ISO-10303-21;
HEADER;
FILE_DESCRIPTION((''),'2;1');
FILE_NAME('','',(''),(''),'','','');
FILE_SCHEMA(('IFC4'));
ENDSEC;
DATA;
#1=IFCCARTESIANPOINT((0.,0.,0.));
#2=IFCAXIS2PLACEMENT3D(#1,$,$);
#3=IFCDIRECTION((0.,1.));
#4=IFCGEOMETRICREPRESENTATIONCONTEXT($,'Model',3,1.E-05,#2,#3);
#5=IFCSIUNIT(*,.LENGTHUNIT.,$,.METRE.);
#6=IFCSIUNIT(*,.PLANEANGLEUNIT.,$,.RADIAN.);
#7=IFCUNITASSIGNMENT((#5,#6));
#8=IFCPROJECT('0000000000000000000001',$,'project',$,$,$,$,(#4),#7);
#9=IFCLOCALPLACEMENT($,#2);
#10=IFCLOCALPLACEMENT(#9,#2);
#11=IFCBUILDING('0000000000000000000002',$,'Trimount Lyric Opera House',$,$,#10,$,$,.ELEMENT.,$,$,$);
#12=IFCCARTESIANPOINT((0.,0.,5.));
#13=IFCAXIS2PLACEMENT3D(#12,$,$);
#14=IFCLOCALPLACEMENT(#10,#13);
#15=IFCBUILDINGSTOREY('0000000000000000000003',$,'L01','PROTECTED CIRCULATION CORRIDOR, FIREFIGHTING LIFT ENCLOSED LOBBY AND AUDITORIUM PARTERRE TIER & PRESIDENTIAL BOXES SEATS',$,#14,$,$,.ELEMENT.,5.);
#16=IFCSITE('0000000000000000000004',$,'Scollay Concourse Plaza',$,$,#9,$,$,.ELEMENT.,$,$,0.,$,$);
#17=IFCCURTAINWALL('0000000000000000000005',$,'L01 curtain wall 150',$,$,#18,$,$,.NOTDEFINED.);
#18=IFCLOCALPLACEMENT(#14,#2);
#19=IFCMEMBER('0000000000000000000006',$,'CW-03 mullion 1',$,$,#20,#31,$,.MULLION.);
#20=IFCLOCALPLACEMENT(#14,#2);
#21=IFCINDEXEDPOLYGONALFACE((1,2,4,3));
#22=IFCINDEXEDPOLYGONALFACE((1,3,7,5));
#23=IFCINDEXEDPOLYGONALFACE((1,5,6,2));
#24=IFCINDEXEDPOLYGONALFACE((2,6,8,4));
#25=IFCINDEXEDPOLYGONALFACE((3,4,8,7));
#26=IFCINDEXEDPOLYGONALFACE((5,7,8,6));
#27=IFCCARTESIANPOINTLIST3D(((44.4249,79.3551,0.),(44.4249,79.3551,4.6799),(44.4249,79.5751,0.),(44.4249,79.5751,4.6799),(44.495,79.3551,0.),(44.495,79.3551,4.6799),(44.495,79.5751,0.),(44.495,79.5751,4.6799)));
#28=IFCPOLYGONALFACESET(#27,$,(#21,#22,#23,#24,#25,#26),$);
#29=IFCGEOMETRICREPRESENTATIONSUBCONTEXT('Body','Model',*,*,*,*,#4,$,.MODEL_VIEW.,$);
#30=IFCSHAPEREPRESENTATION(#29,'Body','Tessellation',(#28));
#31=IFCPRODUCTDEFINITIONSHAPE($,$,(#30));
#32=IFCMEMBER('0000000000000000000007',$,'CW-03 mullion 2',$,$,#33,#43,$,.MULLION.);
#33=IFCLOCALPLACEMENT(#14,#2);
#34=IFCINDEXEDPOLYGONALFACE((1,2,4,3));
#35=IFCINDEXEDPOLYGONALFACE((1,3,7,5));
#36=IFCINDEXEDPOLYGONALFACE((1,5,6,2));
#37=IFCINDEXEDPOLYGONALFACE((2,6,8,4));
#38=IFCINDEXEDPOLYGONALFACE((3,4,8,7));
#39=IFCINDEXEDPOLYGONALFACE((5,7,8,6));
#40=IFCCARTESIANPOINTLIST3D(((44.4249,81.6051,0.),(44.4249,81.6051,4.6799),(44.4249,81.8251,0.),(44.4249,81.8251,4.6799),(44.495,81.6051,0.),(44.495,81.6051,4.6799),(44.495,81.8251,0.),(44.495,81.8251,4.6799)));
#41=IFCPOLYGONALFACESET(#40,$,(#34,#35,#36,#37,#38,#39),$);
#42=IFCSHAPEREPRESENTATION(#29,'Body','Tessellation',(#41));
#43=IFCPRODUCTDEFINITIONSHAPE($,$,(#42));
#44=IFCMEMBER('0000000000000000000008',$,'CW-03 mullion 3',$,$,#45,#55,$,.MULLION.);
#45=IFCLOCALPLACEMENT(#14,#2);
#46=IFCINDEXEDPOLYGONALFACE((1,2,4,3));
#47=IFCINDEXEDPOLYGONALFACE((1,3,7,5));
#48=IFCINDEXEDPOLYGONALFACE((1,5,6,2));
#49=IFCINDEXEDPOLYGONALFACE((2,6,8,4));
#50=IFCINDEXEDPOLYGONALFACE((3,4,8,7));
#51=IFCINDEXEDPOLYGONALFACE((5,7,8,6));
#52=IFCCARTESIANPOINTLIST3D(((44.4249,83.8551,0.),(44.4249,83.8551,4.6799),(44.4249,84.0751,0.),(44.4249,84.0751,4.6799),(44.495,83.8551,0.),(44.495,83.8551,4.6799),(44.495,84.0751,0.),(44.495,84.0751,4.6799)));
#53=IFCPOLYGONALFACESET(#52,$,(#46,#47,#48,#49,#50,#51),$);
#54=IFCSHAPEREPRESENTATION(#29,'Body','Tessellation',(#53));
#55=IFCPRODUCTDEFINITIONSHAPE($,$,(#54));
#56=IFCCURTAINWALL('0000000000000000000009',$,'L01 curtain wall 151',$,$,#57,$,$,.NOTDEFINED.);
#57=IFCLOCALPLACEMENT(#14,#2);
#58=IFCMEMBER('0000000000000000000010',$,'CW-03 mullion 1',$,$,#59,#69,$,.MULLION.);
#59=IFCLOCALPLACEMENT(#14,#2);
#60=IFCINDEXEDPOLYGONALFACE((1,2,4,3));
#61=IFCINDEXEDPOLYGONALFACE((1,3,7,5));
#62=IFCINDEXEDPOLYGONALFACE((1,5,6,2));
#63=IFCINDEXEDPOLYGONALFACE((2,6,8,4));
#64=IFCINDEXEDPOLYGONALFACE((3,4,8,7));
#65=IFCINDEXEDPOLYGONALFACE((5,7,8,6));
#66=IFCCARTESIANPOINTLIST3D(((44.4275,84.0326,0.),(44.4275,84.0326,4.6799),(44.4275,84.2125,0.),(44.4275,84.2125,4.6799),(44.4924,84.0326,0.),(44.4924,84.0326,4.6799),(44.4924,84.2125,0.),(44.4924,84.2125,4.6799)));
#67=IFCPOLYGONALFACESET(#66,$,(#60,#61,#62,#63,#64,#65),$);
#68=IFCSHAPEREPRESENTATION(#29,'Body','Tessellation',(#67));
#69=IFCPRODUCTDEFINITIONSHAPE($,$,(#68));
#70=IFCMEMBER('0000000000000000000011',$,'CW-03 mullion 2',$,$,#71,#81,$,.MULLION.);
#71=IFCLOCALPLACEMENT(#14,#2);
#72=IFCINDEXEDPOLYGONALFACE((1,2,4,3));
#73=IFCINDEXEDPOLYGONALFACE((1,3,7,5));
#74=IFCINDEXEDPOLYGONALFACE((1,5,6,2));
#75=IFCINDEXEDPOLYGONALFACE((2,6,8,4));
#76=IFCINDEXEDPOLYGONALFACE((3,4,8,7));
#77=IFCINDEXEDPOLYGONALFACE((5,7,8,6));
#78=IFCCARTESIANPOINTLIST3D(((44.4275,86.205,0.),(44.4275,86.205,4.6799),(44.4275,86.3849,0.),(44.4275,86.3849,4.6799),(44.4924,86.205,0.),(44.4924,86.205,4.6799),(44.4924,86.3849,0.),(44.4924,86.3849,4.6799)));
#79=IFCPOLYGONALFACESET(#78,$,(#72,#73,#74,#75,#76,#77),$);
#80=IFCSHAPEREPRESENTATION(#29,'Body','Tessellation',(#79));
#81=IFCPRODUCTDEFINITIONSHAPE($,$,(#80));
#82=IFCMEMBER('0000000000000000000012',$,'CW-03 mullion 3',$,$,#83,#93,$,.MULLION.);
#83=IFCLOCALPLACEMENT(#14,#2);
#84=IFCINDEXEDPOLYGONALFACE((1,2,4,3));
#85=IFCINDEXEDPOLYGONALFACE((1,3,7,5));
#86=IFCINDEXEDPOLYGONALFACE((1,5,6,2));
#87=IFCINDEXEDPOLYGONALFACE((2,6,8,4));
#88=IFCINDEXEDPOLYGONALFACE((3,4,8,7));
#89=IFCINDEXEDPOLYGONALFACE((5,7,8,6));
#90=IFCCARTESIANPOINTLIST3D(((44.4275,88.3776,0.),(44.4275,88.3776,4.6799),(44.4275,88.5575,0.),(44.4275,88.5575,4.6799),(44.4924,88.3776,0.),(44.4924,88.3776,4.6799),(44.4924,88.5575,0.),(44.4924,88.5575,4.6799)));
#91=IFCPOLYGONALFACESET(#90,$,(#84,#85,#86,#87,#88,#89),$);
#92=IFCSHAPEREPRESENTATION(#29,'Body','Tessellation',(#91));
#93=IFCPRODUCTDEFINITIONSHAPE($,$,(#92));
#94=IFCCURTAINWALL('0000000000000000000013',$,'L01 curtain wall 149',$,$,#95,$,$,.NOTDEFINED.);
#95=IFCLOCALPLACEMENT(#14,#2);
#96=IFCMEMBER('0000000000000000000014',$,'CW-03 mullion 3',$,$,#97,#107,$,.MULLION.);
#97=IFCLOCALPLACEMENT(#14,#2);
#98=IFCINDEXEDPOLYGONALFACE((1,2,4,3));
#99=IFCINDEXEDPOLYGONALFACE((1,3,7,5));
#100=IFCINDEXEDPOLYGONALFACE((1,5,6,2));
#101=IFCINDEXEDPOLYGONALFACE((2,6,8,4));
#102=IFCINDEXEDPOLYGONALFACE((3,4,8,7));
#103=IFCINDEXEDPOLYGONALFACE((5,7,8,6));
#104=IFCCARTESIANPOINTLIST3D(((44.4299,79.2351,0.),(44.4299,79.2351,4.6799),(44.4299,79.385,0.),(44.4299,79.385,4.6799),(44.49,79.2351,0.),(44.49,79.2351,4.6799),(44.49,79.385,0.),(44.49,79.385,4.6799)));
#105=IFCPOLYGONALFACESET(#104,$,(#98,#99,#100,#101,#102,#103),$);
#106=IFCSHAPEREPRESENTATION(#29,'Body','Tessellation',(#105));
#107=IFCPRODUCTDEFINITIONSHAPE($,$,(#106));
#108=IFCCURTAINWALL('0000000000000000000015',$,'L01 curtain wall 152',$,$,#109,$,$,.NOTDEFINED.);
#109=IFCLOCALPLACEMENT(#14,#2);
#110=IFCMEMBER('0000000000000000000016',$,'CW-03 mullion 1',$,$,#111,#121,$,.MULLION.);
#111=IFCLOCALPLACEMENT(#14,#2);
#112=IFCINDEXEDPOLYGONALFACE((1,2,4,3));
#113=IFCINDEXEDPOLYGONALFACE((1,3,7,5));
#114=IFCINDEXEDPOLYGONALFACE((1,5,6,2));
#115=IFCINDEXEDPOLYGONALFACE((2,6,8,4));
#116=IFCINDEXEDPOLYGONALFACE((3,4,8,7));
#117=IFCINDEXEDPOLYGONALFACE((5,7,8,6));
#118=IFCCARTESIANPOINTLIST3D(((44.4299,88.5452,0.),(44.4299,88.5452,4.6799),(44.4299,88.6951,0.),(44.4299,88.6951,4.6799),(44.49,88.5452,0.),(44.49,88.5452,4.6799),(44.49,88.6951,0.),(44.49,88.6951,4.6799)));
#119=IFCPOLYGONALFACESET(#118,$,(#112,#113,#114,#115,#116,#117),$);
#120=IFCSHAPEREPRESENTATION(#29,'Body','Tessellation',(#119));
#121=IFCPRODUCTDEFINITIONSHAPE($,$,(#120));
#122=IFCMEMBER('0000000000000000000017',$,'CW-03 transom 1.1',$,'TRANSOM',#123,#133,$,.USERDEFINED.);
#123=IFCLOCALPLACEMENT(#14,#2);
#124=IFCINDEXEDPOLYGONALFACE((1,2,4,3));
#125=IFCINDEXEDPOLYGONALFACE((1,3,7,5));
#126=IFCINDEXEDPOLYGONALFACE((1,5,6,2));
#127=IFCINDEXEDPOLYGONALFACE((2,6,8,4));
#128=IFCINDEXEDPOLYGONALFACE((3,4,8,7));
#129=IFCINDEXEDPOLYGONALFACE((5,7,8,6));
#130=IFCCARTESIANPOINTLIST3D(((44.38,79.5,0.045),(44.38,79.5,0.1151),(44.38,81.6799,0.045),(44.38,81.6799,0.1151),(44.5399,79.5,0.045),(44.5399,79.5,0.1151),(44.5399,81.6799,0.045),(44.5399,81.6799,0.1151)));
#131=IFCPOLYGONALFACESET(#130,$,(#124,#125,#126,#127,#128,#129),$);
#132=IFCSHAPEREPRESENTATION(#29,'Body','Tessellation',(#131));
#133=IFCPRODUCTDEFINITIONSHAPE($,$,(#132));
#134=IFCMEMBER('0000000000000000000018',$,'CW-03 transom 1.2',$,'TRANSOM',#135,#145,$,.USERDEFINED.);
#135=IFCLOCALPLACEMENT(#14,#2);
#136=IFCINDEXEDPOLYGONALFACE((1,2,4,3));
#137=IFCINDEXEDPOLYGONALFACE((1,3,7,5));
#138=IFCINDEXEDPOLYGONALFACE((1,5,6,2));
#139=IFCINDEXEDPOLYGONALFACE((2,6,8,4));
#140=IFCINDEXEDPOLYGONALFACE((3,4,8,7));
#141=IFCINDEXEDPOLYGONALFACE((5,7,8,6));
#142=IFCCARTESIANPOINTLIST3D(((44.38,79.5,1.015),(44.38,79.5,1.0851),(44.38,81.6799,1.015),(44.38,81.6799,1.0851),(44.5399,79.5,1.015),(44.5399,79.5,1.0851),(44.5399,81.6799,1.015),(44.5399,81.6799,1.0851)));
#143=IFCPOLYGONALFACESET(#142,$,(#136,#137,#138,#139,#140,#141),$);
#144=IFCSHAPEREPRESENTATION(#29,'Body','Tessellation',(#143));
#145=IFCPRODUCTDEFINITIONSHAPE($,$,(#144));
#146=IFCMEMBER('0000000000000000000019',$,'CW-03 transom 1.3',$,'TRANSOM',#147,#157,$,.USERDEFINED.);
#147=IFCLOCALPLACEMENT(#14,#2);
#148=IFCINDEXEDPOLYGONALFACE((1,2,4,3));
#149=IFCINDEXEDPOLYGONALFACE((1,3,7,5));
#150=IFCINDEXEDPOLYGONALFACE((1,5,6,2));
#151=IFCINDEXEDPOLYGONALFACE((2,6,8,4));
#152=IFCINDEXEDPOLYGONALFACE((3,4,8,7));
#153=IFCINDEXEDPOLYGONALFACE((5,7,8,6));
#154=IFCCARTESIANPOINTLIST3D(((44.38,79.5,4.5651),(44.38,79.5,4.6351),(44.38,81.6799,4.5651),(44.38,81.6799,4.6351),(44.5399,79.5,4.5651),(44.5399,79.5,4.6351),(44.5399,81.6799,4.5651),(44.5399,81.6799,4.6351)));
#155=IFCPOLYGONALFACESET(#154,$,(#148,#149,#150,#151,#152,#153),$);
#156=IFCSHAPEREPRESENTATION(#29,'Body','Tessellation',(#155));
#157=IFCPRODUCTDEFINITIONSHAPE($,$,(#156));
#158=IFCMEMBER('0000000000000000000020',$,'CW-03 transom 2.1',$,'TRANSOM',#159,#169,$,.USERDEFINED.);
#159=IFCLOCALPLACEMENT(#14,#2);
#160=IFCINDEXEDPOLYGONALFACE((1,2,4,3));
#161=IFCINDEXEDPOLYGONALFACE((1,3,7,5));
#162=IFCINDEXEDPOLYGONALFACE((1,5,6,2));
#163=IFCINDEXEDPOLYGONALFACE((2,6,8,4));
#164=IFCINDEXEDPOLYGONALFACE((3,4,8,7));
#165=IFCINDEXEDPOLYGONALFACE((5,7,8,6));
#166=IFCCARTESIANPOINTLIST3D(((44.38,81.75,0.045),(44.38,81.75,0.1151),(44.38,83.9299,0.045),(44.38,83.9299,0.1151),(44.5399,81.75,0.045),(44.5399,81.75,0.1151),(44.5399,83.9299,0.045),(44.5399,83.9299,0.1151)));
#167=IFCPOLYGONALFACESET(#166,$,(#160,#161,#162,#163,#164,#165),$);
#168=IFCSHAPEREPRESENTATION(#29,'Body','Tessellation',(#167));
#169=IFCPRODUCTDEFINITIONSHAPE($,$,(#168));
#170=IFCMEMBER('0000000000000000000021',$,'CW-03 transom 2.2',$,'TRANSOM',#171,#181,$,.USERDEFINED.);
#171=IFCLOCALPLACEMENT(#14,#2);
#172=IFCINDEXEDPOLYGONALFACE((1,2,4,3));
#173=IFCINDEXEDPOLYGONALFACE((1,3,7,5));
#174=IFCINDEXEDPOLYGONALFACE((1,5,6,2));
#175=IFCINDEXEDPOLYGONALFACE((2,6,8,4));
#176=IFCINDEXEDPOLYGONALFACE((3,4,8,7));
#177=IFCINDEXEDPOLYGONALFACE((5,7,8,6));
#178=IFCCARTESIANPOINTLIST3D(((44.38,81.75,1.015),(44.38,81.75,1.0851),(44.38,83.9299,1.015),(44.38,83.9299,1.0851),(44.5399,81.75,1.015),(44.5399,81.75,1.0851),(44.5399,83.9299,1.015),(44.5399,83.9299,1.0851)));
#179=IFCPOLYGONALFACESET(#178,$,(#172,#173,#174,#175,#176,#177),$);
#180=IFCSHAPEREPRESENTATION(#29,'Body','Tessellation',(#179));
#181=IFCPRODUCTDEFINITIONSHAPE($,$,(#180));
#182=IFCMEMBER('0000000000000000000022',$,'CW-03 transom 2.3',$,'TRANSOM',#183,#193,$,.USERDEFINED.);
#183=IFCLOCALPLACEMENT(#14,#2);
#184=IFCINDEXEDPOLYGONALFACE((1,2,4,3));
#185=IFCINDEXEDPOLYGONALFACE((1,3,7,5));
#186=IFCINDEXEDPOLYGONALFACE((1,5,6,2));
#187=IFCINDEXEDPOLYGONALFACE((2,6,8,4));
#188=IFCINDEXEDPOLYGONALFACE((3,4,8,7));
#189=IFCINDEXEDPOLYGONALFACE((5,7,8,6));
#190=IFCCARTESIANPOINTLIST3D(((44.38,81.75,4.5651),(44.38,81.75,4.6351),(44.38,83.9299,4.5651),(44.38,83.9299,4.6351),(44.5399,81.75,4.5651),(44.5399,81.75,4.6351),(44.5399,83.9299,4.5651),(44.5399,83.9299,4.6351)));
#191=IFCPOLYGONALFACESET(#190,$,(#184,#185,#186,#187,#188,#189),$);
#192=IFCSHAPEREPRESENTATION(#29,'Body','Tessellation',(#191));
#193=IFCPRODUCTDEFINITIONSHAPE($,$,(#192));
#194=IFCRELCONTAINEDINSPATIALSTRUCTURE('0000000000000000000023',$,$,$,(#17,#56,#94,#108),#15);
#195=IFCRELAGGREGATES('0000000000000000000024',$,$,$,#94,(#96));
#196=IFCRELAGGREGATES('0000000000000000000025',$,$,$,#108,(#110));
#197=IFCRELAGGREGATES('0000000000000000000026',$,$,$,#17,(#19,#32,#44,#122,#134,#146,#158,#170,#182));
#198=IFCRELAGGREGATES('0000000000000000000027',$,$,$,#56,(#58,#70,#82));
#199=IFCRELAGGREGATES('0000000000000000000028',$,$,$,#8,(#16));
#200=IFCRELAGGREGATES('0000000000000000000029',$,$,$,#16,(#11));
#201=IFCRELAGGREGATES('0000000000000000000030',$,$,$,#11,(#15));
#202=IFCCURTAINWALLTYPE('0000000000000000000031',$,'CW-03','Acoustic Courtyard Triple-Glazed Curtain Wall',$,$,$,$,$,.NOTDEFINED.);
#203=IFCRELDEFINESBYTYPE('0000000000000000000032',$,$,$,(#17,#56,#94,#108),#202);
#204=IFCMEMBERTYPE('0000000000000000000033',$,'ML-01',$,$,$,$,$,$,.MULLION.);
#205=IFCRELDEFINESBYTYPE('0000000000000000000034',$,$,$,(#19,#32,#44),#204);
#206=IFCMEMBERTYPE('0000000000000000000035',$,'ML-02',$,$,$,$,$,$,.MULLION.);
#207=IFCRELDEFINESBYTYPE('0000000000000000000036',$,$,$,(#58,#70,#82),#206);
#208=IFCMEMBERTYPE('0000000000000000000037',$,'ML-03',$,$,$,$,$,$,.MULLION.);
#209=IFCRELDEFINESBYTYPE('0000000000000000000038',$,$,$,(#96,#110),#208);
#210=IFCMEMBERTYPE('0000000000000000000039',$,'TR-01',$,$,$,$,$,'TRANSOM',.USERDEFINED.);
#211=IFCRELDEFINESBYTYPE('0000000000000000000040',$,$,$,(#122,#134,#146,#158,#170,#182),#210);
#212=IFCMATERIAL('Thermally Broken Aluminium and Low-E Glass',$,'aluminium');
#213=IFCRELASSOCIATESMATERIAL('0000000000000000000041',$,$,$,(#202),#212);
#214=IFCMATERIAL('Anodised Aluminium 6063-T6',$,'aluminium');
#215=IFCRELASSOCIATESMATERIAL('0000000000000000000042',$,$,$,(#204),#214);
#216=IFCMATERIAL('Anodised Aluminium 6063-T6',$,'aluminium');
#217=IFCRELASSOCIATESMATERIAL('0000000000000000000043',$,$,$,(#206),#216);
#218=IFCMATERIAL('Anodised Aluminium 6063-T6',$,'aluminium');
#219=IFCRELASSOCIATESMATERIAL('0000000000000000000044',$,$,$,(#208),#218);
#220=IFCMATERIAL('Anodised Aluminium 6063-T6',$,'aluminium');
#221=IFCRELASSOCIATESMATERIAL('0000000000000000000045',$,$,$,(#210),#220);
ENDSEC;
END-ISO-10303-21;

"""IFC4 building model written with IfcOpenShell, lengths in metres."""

from ifc_helpers import new_model, si_unit, direction, frame, origin, origin_2d, place, context, subcontext, project, spatial, rectangle, extrude, material, material_profile, profile_set, type_object, element, aggregate, save


model = new_model("IFC4")

# Units and contexts
model_context = context("Model", 3, precision=1e-05, world=origin(), true_north=direction((0.0, 1.0)))
body_context = subcontext(model_context, "Body", "Model", "MODEL_VIEW")
ifc_project = project(units=[si_unit("LENGTHUNIT", "METRE"), si_unit("PLANEANGLEUNIT", "RADIAN")], contexts=[model_context])

# Site, building, storey
site_placement = place(None, origin())
site = spatial("IfcSite", under=ifc_project, at=site_placement, Name="Scollay Concourse Plaza", CompositionType="ELEMENT", RefElevation=0.0)
building_placement = place(site_placement, origin())
building = spatial("IfcBuilding", under=site, at=building_placement, Name="Trimount Lyric Opera House", CompositionType="ELEMENT")
storey_placement = place(building_placement, frame((0.0, 0.0, 5.0)))
storey = spatial("IfcBuildingStorey", under=building, at=storey_placement, Name="L01", Description="PROTECTED CIRCULATION CORRIDOR, FIREFIGHTING LIFT ENCLOSED LOBBY AND AUDITORIUM PARTERRE TIER & PRESIDENTIAL BOXES SEATS", CompositionType="ELEMENT", Elevation=5.0)

# Curtain walls, members
ifc_material_1 = material(Name="Thermally Broken Aluminium and Low-E Glass", Category="aluminium")
curtain_wall_type = type_object("IfcCurtainWallType", Name="CW-03", Description="Acoustic Courtyard Triple-Glazed Curtain Wall", PredefinedType="NOTDEFINED", material=ifc_material_1)
curtain_wall_1_placement = place(storey_placement, origin())
curtain_wall_1 = element("IfcCurtainWall", 1, at=curtain_wall_1_placement, inside=storey, type_object=curtain_wall_type, Name="L01 curtain wall 150", PredefinedType="NOTDEFINED")
ifc_material_2 = material(Name="Anodised Aluminium 6063-T6", Category="aluminium")
ifc_material_profile_1 = material_profile(ifc_material_2, rectangle(XDim=0.0701, YDim=0.22, at=origin_2d()), Name="ALU-MULL-70X220")
ifc_profile_set_1 = profile_set([ifc_material_profile_1], Name="Anodised Aluminium 6063-T6")
member_type_1 = type_object("IfcMemberType", Name="ML-01", PredefinedType="MULLION", material=ifc_profile_set_1)
member_1_placement = place(storey_placement, frame((44.46, 79.4651, 0.0), z_axis=(0.0, 0.0, 1.0), x_axis=(-1.0, 0.0, 0.0)))
member_1 = element("IfcMember", 2, at=member_1_placement, type_object=member_type_1, Name="CW-03 mullion 1", PredefinedType="MULLION", context=body_context, shape_type="SweptSolid", body=[
    extrude(rectangle(XDim=0.0701, YDim=0.22, at=origin_2d()), origin(), (0.0, 0.0, 1.0), 4.6799),
])
member_2_placement = place(storey_placement, frame((44.46, 81.7151, 0.0), z_axis=(0.0, 0.0, 1.0), x_axis=(-1.0, 0.0, 0.0)))
member_2 = element("IfcMember", 3, at=member_2_placement, type_object=member_type_1, Name="CW-03 mullion 2", PredefinedType="MULLION", context=body_context, shape_type="SweptSolid", body=[
    extrude(rectangle(XDim=0.0701, YDim=0.22, at=origin_2d()), origin(), (0.0, 0.0, 1.0), 4.6799),
])
member_3_placement = place(storey_placement, frame((44.46, 83.9651, 0.0), z_axis=(0.0, 0.0, 1.0), x_axis=(-1.0, 0.0, 0.0)))
member_3 = element("IfcMember", 4, at=member_3_placement, type_object=member_type_1, Name="CW-03 mullion 3", PredefinedType="MULLION", context=body_context, shape_type="SweptSolid", body=[
    extrude(rectangle(XDim=0.0701, YDim=0.22, at=origin_2d()), origin(), (0.0, 0.0, 1.0), 4.6799),
])
curtain_wall_2_placement = place(storey_placement, origin())
curtain_wall_2 = element("IfcCurtainWall", 5, at=curtain_wall_2_placement, inside=storey, type_object=curtain_wall_type, Name="L01 curtain wall 151", PredefinedType="NOTDEFINED")
ifc_material_3 = material(Name="Anodised Aluminium 6063-T6", Category="aluminium")
ifc_material_profile_2 = material_profile(ifc_material_3, rectangle(XDim=0.0649, YDim=0.1799, at=origin_2d()), Name="ALU-MULL-65X180")
ifc_profile_set_2 = profile_set([ifc_material_profile_2], Name="Anodised Aluminium 6063-T6")
member_type_2 = type_object("IfcMemberType", Name="ML-02", PredefinedType="MULLION", material=ifc_profile_set_2)
member_4_placement = place(storey_placement, frame((44.46, 84.1226, 0.0), z_axis=(0.0, 0.0, 1.0), x_axis=(-1.0, 0.0, 0.0)))
member_4 = element("IfcMember", 6, at=member_4_placement, type_object=member_type_2, Name="CW-03 mullion 1", PredefinedType="MULLION", context=body_context, shape_type="SweptSolid", body=[
    extrude(rectangle(XDim=0.0649, YDim=0.1799, at=origin_2d()), origin(), (0.0, 0.0, 1.0), 4.6799),
])
member_5_placement = place(storey_placement, frame((44.46, 86.2949, 0.0), z_axis=(0.0, 0.0, 1.0), x_axis=(-1.0, 0.0, 0.0)))
member_5 = element("IfcMember", 7, at=member_5_placement, type_object=member_type_2, Name="CW-03 mullion 2", PredefinedType="MULLION", context=body_context, shape_type="SweptSolid", body=[
    extrude(rectangle(XDim=0.0649, YDim=0.1799, at=origin_2d()), origin(), (0.0, 0.0, 1.0), 4.6799),
])
member_6_placement = place(storey_placement, frame((44.46, 88.4675, 0.0), z_axis=(0.0, 0.0, 1.0), x_axis=(-1.0, 0.0, 0.0)))
member_6 = element("IfcMember", 8, at=member_6_placement, type_object=member_type_2, Name="CW-03 mullion 3", PredefinedType="MULLION", context=body_context, shape_type="SweptSolid", body=[
    extrude(rectangle(XDim=0.0649, YDim=0.1799, at=origin_2d()), origin(), (0.0, 0.0, 1.0), 4.6799),
])

# Curtain walls, members
curtain_wall_3_placement = place(storey_placement, origin())
curtain_wall_3 = element("IfcCurtainWall", 9, at=curtain_wall_3_placement, inside=storey, type_object=curtain_wall_type, Name="L01 curtain wall 149", PredefinedType="NOTDEFINED")
ifc_material_4 = material(Name="Anodised Aluminium 6063-T6", Category="aluminium")
ifc_material_profile_3 = material_profile(ifc_material_4, rectangle(XDim=0.0601, YDim=0.1499, at=origin_2d()), Name="ALU-MULL-60X150")
ifc_profile_set_3 = profile_set([ifc_material_profile_3], Name="Anodised Aluminium 6063-T6")
member_type_3 = type_object("IfcMemberType", Name="ML-03", PredefinedType="MULLION", material=ifc_profile_set_3)
member_7_placement = place(storey_placement, frame((44.46, 79.3101, 0.0), z_axis=(0.0, 0.0, 1.0), x_axis=(-1.0, 0.0, 0.0)))
member_7 = element("IfcMember", 10, at=member_7_placement, type_object=member_type_3, Name="CW-03 mullion 3", PredefinedType="MULLION", context=body_context, shape_type="SweptSolid", body=[
    extrude(rectangle(XDim=0.0601, YDim=0.1499, at=origin_2d()), origin(), (0.0, 0.0, 1.0), 4.6799),
])
aggregate(curtain_wall_3, [member_7])
curtain_wall_4_placement = place(storey_placement, origin())
curtain_wall_4 = element("IfcCurtainWall", 11, at=curtain_wall_4_placement, inside=storey, type_object=curtain_wall_type, Name="L01 curtain wall 152", PredefinedType="NOTDEFINED")
member_8_placement = place(storey_placement, frame((44.46, 88.6201, 0.0), z_axis=(0.0, 0.0, 1.0), x_axis=(-1.0, 0.0, 0.0)))
member_8 = element("IfcMember", 12, at=member_8_placement, type_object=member_type_3, Name="CW-03 mullion 1", PredefinedType="MULLION", context=body_context, shape_type="SweptSolid", body=[
    extrude(rectangle(XDim=0.0601, YDim=0.1499, at=origin_2d()), origin(), (0.0, 0.0, 1.0), 4.6799),
])

# Members
ifc_material_5 = material(Name="Anodised Aluminium 6063-T6", Category="aluminium")
ifc_material_profile_4 = material_profile(ifc_material_5, rectangle(XDim=0.1599, YDim=0.0701, at=origin_2d()), Name="ALU-TRAN-70X160")
ifc_profile_set_4 = profile_set([ifc_material_profile_4], Name="Anodised Aluminium 6063-T6")
member_type_4 = type_object("IfcMemberType", Name="TR-01", ElementType="TRANSOM", PredefinedType="USERDEFINED", material=ifc_profile_set_4)
member_9_placement = place(storey_placement, frame((44.46, 79.5, 0.0801), z_axis=(0.0, 1.0, 0.0), x_axis=(-1.0, 0.0, 0.0)))
member_9 = element("IfcMember", 13, at=member_9_placement, type_object=member_type_4, Name="CW-03 transom 1.1", ObjectType="TRANSOM", PredefinedType="USERDEFINED", context=body_context, shape_type="SweptSolid", body=[
    extrude(rectangle(XDim=0.1599, YDim=0.0701, at=origin_2d()), origin(), (0.0, 0.0, 1.0), 2.1799),
])
member_10_placement = place(storey_placement, frame((44.46, 79.5, 1.05), z_axis=(0.0, 1.0, 0.0), x_axis=(-1.0, 0.0, 0.0)))
member_10 = element("IfcMember", 14, at=member_10_placement, type_object=member_type_4, Name="CW-03 transom 1.2", ObjectType="TRANSOM", PredefinedType="USERDEFINED", context=body_context, shape_type="SweptSolid", body=[
    extrude(rectangle(XDim=0.1599, YDim=0.0701, at=origin_2d()), origin(), (0.0, 0.0, 1.0), 2.1799),
])
member_11_placement = place(storey_placement, frame((44.46, 79.5, 4.6001), z_axis=(0.0, 1.0, 0.0), x_axis=(-1.0, 0.0, 0.0)))
member_11 = element("IfcMember", 15, at=member_11_placement, type_object=member_type_4, Name="CW-03 transom 1.3", ObjectType="TRANSOM", PredefinedType="USERDEFINED", context=body_context, shape_type="SweptSolid", body=[
    extrude(rectangle(XDim=0.1599, YDim=0.0701, at=origin_2d()), origin(), (0.0, 0.0, 1.0), 2.1799),
])
member_12_placement = place(storey_placement, frame((44.46, 81.75, 0.0801), z_axis=(0.0, 1.0, 0.0), x_axis=(-1.0, 0.0, 0.0)))
member_12 = element("IfcMember", 16, at=member_12_placement, type_object=member_type_4, Name="CW-03 transom 2.1", ObjectType="TRANSOM", PredefinedType="USERDEFINED", context=body_context, shape_type="SweptSolid", body=[
    extrude(rectangle(XDim=0.1599, YDim=0.0701, at=origin_2d()), origin(), (0.0, 0.0, 1.0), 2.1799),
])
member_13_placement = place(storey_placement, frame((44.46, 81.75, 1.05), z_axis=(0.0, 1.0, 0.0), x_axis=(-1.0, 0.0, 0.0)))
member_13 = element("IfcMember", 17, at=member_13_placement, type_object=member_type_4, Name="CW-03 transom 2.2", ObjectType="TRANSOM", PredefinedType="USERDEFINED", context=body_context, shape_type="SweptSolid", body=[
    extrude(rectangle(XDim=0.1599, YDim=0.0701, at=origin_2d()), origin(), (0.0, 0.0, 1.0), 2.1799),
])
member_14_placement = place(storey_placement, frame((44.46, 81.75, 4.6001), z_axis=(0.0, 1.0, 0.0), x_axis=(-1.0, 0.0, 0.0)))
member_14 = element("IfcMember", 18, at=member_14_placement, type_object=member_type_4, Name="CW-03 transom 2.3", ObjectType="TRANSOM", PredefinedType="USERDEFINED", context=body_context, shape_type="SweptSolid", body=[
    extrude(rectangle(XDim=0.1599, YDim=0.0701, at=origin_2d()), origin(), (0.0, 0.0, 1.0), 2.1799),
])
aggregate(curtain_wall_4, [member_8])

aggregate(curtain_wall_1, [member_1, member_2, member_3, member_9, member_10, member_11, member_12, member_13, member_14])
aggregate(curtain_wall_2, [member_4, member_5, member_6])

save(model, "model.ifc")
